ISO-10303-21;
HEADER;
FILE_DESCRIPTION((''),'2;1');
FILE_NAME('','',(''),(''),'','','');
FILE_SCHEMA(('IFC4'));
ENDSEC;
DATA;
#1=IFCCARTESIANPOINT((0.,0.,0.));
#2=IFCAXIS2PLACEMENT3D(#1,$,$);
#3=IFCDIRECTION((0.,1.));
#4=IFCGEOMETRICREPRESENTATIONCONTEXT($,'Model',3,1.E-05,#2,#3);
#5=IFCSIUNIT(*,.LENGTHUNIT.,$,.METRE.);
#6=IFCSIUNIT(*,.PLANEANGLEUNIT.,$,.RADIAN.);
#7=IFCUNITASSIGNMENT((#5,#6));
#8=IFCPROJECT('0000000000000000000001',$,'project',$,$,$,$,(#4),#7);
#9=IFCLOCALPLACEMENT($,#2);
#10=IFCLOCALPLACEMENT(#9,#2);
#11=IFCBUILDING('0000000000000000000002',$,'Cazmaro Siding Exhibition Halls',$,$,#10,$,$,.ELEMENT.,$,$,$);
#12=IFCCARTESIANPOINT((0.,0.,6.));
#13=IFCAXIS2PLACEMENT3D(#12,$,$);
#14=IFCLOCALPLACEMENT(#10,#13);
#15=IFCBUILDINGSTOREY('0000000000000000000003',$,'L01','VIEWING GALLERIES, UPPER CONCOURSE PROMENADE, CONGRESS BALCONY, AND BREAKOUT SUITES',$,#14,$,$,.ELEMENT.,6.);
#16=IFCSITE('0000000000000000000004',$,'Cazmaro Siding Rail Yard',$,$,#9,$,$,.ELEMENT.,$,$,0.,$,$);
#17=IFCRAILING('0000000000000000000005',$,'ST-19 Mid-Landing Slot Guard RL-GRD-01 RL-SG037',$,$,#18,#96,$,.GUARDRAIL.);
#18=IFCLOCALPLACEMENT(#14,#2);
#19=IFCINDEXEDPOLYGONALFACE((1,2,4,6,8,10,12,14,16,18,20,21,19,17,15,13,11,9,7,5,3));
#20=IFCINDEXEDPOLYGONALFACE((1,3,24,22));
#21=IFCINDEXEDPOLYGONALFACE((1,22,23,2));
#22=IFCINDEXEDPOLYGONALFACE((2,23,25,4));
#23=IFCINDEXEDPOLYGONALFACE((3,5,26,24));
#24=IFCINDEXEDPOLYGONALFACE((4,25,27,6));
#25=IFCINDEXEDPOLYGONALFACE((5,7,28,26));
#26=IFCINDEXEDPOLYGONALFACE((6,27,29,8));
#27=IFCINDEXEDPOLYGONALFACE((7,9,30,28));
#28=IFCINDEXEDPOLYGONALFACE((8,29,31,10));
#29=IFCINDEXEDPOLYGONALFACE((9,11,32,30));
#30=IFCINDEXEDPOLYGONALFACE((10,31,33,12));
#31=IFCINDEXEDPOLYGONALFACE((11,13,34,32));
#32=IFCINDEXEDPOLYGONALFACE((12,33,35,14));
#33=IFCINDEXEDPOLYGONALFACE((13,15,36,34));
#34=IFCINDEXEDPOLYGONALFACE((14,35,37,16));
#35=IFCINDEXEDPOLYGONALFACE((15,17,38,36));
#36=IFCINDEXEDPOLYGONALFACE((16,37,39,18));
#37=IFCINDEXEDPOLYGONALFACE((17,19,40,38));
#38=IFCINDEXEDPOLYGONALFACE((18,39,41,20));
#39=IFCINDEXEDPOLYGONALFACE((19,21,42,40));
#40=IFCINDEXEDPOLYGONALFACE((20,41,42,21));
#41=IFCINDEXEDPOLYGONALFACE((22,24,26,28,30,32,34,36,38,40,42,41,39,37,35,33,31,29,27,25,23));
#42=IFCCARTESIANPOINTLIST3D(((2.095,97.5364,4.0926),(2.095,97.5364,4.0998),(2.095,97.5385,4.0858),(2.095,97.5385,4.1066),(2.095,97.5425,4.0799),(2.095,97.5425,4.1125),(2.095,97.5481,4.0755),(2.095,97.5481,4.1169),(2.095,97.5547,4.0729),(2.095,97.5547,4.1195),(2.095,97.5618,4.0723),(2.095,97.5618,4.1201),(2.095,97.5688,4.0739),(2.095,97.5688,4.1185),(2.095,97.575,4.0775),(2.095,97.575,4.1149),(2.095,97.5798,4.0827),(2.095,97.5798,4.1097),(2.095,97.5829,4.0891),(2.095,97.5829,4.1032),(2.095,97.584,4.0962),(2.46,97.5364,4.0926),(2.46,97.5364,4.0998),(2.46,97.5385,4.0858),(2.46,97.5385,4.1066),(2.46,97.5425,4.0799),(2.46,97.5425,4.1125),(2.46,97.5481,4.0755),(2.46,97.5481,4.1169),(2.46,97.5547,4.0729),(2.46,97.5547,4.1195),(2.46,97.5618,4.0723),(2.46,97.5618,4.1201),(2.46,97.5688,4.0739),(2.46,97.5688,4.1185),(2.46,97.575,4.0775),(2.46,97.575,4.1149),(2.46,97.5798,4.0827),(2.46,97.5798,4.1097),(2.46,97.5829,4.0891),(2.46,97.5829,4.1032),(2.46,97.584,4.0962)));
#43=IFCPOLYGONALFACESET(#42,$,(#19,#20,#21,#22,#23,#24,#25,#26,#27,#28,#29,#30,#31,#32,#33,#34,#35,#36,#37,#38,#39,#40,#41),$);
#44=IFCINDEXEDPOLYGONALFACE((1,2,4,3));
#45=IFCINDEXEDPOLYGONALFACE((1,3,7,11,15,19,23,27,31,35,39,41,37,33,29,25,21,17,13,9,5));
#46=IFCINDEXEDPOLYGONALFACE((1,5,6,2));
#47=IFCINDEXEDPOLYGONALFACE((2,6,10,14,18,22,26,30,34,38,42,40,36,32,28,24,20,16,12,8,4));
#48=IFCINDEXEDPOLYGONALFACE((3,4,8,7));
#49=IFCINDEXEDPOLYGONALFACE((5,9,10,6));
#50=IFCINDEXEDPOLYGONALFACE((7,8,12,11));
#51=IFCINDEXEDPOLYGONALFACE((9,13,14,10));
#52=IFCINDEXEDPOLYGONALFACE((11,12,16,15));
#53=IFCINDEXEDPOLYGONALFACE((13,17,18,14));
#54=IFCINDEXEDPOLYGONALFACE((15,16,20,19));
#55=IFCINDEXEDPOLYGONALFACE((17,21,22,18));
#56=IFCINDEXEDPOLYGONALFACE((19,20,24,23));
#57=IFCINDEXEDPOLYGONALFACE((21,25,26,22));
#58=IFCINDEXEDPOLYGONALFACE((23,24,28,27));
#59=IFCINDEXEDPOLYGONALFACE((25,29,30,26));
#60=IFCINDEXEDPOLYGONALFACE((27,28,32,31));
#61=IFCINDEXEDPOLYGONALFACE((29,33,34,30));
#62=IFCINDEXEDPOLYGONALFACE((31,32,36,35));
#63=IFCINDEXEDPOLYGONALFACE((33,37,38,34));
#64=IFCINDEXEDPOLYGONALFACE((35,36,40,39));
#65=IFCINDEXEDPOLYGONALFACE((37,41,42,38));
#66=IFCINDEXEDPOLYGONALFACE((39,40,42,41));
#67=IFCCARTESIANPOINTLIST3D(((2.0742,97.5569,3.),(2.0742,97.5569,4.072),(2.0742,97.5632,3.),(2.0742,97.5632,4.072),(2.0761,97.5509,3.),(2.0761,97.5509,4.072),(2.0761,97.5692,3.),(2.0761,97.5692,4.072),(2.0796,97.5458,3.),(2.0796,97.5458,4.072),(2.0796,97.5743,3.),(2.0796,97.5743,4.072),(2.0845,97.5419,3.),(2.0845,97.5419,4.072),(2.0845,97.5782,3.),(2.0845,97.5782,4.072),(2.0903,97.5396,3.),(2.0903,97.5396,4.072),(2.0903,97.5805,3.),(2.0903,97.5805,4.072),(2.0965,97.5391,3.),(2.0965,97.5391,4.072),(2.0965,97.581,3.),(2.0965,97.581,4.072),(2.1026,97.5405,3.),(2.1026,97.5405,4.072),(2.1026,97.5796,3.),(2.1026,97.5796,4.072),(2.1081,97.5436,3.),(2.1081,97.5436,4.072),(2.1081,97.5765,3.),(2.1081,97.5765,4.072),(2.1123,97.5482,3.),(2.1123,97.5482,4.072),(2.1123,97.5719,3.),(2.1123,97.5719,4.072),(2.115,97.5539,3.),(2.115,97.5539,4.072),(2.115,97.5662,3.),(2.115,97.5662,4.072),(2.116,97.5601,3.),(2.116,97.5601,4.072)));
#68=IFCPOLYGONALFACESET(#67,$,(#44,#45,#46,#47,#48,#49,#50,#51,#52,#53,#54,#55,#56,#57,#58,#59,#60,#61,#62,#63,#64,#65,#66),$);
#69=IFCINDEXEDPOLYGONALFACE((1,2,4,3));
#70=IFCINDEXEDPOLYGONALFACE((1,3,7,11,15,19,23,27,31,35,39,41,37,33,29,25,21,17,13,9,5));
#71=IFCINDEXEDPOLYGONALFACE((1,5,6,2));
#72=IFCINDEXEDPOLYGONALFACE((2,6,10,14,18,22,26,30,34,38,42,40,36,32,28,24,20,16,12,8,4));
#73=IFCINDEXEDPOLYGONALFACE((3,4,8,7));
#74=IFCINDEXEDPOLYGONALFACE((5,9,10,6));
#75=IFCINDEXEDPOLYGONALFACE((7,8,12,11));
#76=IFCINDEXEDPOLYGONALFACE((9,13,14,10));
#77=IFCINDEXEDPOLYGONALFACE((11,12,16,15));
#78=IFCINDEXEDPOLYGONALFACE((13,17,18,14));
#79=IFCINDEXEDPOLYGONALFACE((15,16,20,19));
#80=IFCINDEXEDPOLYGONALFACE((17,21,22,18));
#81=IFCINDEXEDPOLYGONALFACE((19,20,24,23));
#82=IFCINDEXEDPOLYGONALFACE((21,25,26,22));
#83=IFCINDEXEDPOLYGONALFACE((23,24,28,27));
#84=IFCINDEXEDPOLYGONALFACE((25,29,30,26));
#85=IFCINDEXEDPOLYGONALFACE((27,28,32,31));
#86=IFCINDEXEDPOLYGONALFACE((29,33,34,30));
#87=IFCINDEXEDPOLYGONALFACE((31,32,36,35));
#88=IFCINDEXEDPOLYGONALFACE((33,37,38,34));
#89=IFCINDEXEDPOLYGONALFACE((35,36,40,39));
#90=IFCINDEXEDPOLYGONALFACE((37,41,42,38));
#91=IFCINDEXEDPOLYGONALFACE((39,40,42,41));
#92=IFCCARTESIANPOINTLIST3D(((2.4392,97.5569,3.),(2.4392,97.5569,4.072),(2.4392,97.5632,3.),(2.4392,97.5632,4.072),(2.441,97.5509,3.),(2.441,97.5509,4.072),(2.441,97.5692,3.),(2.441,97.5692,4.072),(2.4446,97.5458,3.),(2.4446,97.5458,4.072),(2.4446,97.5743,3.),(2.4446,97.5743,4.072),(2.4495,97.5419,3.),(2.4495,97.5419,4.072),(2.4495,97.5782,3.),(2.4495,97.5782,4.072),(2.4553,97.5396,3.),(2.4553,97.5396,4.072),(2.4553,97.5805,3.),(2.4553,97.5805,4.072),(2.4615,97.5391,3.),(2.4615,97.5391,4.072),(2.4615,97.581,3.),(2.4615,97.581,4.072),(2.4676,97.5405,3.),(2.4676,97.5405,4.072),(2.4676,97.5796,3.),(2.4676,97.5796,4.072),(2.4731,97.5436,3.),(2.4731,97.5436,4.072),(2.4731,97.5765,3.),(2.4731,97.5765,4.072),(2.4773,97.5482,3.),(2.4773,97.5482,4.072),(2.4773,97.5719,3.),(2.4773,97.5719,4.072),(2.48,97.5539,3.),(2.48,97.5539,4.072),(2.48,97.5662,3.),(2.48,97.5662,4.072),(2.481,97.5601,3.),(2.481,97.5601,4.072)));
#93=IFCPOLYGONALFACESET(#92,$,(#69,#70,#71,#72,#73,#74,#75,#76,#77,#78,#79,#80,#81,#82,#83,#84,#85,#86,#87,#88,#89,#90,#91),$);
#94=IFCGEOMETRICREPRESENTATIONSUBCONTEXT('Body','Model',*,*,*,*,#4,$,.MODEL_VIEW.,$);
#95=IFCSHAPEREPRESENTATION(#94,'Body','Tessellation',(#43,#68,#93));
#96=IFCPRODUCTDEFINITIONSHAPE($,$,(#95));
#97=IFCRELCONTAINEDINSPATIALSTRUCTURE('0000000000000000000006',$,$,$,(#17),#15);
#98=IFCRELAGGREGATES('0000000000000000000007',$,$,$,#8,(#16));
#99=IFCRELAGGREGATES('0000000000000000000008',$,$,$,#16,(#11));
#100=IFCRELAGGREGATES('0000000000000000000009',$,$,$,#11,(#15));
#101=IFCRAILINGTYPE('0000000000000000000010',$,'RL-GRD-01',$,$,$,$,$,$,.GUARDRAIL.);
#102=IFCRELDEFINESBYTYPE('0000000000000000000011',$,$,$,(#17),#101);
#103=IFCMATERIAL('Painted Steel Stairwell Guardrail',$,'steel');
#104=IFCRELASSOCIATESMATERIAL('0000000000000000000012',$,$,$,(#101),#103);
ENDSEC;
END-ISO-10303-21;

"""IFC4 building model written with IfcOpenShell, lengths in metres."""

from ifc_helpers import new_model, si_unit, direction, frame, origin, origin_2d, place, context, subcontext, project, spatial, circle, extrude, material, type_object, element, save


model = new_model("IFC4")

# Units and contexts
model_context = context("Model", 3, precision=1e-05, world=origin(), true_north=direction((0.0, 1.0)))
body_context = subcontext(model_context, "Body", "Model", "MODEL_VIEW")
ifc_project = project(units=[si_unit("LENGTHUNIT", "METRE"), si_unit("PLANEANGLEUNIT", "RADIAN")], contexts=[model_context])

# Site, building, storey
site_placement = place(None, origin())
site = spatial("IfcSite", under=ifc_project, at=site_placement, Name="Cazmaro Siding Rail Yard", CompositionType="ELEMENT", RefElevation=0.0)
building_placement = place(site_placement, origin())
building = spatial("IfcBuilding", under=site, at=building_placement, Name="Cazmaro Siding Exhibition Halls", CompositionType="ELEMENT")
storey_placement = place(building_placement, frame((0.0, 0.0, 6.0)))
storey = spatial("IfcBuildingStorey", under=building, at=storey_placement, Name="L01", Description="VIEWING GALLERIES, UPPER CONCOURSE PROMENADE, CONGRESS BALCONY, AND BREAKOUT SUITES", CompositionType="ELEMENT", Elevation=6.0)

# Railing
ifc_material_1 = material(Name="Painted Steel Stairwell Guardrail", Category="steel")
railing_type_1 = type_object("IfcRailingType", Name="RL-GRD-01", PredefinedType="GUARDRAIL", material=ifc_material_1)
for number, where, name in (
    (1, (2.095, 97.5601, 3.0), "ST-19 Mid-Landing Slot Guard RL-GRD-01 RL-SG037"),
):
    element("IfcRailing", number, at=place(storey_placement, frame(where)), inside=storey, type_object=railing_type_1, Name=name, PredefinedType="GUARDRAIL", context=body_context, shape_type="SweptSolid", body=[
        extrude(circle(Radius=0.0239, at=origin_2d()), frame((0.0, 0.0, 1.0962), z_axis=(1.0, 0.0, 0.0), x_axis=(0.0, 1.0, 0.0)), (0.0, 0.0, 1.0), 0.365),
        extrude(circle(Radius=0.021, at=origin_2d()), origin(), (0.0, 0.0, 1.0), 1.072),
        extrude(circle(Radius=0.021, at=origin_2d()), frame((0.365, 0.0, 0.0)), (0.0, 0.0, 1.0), 1.072),
    ])

save(model, "model.ifc")
